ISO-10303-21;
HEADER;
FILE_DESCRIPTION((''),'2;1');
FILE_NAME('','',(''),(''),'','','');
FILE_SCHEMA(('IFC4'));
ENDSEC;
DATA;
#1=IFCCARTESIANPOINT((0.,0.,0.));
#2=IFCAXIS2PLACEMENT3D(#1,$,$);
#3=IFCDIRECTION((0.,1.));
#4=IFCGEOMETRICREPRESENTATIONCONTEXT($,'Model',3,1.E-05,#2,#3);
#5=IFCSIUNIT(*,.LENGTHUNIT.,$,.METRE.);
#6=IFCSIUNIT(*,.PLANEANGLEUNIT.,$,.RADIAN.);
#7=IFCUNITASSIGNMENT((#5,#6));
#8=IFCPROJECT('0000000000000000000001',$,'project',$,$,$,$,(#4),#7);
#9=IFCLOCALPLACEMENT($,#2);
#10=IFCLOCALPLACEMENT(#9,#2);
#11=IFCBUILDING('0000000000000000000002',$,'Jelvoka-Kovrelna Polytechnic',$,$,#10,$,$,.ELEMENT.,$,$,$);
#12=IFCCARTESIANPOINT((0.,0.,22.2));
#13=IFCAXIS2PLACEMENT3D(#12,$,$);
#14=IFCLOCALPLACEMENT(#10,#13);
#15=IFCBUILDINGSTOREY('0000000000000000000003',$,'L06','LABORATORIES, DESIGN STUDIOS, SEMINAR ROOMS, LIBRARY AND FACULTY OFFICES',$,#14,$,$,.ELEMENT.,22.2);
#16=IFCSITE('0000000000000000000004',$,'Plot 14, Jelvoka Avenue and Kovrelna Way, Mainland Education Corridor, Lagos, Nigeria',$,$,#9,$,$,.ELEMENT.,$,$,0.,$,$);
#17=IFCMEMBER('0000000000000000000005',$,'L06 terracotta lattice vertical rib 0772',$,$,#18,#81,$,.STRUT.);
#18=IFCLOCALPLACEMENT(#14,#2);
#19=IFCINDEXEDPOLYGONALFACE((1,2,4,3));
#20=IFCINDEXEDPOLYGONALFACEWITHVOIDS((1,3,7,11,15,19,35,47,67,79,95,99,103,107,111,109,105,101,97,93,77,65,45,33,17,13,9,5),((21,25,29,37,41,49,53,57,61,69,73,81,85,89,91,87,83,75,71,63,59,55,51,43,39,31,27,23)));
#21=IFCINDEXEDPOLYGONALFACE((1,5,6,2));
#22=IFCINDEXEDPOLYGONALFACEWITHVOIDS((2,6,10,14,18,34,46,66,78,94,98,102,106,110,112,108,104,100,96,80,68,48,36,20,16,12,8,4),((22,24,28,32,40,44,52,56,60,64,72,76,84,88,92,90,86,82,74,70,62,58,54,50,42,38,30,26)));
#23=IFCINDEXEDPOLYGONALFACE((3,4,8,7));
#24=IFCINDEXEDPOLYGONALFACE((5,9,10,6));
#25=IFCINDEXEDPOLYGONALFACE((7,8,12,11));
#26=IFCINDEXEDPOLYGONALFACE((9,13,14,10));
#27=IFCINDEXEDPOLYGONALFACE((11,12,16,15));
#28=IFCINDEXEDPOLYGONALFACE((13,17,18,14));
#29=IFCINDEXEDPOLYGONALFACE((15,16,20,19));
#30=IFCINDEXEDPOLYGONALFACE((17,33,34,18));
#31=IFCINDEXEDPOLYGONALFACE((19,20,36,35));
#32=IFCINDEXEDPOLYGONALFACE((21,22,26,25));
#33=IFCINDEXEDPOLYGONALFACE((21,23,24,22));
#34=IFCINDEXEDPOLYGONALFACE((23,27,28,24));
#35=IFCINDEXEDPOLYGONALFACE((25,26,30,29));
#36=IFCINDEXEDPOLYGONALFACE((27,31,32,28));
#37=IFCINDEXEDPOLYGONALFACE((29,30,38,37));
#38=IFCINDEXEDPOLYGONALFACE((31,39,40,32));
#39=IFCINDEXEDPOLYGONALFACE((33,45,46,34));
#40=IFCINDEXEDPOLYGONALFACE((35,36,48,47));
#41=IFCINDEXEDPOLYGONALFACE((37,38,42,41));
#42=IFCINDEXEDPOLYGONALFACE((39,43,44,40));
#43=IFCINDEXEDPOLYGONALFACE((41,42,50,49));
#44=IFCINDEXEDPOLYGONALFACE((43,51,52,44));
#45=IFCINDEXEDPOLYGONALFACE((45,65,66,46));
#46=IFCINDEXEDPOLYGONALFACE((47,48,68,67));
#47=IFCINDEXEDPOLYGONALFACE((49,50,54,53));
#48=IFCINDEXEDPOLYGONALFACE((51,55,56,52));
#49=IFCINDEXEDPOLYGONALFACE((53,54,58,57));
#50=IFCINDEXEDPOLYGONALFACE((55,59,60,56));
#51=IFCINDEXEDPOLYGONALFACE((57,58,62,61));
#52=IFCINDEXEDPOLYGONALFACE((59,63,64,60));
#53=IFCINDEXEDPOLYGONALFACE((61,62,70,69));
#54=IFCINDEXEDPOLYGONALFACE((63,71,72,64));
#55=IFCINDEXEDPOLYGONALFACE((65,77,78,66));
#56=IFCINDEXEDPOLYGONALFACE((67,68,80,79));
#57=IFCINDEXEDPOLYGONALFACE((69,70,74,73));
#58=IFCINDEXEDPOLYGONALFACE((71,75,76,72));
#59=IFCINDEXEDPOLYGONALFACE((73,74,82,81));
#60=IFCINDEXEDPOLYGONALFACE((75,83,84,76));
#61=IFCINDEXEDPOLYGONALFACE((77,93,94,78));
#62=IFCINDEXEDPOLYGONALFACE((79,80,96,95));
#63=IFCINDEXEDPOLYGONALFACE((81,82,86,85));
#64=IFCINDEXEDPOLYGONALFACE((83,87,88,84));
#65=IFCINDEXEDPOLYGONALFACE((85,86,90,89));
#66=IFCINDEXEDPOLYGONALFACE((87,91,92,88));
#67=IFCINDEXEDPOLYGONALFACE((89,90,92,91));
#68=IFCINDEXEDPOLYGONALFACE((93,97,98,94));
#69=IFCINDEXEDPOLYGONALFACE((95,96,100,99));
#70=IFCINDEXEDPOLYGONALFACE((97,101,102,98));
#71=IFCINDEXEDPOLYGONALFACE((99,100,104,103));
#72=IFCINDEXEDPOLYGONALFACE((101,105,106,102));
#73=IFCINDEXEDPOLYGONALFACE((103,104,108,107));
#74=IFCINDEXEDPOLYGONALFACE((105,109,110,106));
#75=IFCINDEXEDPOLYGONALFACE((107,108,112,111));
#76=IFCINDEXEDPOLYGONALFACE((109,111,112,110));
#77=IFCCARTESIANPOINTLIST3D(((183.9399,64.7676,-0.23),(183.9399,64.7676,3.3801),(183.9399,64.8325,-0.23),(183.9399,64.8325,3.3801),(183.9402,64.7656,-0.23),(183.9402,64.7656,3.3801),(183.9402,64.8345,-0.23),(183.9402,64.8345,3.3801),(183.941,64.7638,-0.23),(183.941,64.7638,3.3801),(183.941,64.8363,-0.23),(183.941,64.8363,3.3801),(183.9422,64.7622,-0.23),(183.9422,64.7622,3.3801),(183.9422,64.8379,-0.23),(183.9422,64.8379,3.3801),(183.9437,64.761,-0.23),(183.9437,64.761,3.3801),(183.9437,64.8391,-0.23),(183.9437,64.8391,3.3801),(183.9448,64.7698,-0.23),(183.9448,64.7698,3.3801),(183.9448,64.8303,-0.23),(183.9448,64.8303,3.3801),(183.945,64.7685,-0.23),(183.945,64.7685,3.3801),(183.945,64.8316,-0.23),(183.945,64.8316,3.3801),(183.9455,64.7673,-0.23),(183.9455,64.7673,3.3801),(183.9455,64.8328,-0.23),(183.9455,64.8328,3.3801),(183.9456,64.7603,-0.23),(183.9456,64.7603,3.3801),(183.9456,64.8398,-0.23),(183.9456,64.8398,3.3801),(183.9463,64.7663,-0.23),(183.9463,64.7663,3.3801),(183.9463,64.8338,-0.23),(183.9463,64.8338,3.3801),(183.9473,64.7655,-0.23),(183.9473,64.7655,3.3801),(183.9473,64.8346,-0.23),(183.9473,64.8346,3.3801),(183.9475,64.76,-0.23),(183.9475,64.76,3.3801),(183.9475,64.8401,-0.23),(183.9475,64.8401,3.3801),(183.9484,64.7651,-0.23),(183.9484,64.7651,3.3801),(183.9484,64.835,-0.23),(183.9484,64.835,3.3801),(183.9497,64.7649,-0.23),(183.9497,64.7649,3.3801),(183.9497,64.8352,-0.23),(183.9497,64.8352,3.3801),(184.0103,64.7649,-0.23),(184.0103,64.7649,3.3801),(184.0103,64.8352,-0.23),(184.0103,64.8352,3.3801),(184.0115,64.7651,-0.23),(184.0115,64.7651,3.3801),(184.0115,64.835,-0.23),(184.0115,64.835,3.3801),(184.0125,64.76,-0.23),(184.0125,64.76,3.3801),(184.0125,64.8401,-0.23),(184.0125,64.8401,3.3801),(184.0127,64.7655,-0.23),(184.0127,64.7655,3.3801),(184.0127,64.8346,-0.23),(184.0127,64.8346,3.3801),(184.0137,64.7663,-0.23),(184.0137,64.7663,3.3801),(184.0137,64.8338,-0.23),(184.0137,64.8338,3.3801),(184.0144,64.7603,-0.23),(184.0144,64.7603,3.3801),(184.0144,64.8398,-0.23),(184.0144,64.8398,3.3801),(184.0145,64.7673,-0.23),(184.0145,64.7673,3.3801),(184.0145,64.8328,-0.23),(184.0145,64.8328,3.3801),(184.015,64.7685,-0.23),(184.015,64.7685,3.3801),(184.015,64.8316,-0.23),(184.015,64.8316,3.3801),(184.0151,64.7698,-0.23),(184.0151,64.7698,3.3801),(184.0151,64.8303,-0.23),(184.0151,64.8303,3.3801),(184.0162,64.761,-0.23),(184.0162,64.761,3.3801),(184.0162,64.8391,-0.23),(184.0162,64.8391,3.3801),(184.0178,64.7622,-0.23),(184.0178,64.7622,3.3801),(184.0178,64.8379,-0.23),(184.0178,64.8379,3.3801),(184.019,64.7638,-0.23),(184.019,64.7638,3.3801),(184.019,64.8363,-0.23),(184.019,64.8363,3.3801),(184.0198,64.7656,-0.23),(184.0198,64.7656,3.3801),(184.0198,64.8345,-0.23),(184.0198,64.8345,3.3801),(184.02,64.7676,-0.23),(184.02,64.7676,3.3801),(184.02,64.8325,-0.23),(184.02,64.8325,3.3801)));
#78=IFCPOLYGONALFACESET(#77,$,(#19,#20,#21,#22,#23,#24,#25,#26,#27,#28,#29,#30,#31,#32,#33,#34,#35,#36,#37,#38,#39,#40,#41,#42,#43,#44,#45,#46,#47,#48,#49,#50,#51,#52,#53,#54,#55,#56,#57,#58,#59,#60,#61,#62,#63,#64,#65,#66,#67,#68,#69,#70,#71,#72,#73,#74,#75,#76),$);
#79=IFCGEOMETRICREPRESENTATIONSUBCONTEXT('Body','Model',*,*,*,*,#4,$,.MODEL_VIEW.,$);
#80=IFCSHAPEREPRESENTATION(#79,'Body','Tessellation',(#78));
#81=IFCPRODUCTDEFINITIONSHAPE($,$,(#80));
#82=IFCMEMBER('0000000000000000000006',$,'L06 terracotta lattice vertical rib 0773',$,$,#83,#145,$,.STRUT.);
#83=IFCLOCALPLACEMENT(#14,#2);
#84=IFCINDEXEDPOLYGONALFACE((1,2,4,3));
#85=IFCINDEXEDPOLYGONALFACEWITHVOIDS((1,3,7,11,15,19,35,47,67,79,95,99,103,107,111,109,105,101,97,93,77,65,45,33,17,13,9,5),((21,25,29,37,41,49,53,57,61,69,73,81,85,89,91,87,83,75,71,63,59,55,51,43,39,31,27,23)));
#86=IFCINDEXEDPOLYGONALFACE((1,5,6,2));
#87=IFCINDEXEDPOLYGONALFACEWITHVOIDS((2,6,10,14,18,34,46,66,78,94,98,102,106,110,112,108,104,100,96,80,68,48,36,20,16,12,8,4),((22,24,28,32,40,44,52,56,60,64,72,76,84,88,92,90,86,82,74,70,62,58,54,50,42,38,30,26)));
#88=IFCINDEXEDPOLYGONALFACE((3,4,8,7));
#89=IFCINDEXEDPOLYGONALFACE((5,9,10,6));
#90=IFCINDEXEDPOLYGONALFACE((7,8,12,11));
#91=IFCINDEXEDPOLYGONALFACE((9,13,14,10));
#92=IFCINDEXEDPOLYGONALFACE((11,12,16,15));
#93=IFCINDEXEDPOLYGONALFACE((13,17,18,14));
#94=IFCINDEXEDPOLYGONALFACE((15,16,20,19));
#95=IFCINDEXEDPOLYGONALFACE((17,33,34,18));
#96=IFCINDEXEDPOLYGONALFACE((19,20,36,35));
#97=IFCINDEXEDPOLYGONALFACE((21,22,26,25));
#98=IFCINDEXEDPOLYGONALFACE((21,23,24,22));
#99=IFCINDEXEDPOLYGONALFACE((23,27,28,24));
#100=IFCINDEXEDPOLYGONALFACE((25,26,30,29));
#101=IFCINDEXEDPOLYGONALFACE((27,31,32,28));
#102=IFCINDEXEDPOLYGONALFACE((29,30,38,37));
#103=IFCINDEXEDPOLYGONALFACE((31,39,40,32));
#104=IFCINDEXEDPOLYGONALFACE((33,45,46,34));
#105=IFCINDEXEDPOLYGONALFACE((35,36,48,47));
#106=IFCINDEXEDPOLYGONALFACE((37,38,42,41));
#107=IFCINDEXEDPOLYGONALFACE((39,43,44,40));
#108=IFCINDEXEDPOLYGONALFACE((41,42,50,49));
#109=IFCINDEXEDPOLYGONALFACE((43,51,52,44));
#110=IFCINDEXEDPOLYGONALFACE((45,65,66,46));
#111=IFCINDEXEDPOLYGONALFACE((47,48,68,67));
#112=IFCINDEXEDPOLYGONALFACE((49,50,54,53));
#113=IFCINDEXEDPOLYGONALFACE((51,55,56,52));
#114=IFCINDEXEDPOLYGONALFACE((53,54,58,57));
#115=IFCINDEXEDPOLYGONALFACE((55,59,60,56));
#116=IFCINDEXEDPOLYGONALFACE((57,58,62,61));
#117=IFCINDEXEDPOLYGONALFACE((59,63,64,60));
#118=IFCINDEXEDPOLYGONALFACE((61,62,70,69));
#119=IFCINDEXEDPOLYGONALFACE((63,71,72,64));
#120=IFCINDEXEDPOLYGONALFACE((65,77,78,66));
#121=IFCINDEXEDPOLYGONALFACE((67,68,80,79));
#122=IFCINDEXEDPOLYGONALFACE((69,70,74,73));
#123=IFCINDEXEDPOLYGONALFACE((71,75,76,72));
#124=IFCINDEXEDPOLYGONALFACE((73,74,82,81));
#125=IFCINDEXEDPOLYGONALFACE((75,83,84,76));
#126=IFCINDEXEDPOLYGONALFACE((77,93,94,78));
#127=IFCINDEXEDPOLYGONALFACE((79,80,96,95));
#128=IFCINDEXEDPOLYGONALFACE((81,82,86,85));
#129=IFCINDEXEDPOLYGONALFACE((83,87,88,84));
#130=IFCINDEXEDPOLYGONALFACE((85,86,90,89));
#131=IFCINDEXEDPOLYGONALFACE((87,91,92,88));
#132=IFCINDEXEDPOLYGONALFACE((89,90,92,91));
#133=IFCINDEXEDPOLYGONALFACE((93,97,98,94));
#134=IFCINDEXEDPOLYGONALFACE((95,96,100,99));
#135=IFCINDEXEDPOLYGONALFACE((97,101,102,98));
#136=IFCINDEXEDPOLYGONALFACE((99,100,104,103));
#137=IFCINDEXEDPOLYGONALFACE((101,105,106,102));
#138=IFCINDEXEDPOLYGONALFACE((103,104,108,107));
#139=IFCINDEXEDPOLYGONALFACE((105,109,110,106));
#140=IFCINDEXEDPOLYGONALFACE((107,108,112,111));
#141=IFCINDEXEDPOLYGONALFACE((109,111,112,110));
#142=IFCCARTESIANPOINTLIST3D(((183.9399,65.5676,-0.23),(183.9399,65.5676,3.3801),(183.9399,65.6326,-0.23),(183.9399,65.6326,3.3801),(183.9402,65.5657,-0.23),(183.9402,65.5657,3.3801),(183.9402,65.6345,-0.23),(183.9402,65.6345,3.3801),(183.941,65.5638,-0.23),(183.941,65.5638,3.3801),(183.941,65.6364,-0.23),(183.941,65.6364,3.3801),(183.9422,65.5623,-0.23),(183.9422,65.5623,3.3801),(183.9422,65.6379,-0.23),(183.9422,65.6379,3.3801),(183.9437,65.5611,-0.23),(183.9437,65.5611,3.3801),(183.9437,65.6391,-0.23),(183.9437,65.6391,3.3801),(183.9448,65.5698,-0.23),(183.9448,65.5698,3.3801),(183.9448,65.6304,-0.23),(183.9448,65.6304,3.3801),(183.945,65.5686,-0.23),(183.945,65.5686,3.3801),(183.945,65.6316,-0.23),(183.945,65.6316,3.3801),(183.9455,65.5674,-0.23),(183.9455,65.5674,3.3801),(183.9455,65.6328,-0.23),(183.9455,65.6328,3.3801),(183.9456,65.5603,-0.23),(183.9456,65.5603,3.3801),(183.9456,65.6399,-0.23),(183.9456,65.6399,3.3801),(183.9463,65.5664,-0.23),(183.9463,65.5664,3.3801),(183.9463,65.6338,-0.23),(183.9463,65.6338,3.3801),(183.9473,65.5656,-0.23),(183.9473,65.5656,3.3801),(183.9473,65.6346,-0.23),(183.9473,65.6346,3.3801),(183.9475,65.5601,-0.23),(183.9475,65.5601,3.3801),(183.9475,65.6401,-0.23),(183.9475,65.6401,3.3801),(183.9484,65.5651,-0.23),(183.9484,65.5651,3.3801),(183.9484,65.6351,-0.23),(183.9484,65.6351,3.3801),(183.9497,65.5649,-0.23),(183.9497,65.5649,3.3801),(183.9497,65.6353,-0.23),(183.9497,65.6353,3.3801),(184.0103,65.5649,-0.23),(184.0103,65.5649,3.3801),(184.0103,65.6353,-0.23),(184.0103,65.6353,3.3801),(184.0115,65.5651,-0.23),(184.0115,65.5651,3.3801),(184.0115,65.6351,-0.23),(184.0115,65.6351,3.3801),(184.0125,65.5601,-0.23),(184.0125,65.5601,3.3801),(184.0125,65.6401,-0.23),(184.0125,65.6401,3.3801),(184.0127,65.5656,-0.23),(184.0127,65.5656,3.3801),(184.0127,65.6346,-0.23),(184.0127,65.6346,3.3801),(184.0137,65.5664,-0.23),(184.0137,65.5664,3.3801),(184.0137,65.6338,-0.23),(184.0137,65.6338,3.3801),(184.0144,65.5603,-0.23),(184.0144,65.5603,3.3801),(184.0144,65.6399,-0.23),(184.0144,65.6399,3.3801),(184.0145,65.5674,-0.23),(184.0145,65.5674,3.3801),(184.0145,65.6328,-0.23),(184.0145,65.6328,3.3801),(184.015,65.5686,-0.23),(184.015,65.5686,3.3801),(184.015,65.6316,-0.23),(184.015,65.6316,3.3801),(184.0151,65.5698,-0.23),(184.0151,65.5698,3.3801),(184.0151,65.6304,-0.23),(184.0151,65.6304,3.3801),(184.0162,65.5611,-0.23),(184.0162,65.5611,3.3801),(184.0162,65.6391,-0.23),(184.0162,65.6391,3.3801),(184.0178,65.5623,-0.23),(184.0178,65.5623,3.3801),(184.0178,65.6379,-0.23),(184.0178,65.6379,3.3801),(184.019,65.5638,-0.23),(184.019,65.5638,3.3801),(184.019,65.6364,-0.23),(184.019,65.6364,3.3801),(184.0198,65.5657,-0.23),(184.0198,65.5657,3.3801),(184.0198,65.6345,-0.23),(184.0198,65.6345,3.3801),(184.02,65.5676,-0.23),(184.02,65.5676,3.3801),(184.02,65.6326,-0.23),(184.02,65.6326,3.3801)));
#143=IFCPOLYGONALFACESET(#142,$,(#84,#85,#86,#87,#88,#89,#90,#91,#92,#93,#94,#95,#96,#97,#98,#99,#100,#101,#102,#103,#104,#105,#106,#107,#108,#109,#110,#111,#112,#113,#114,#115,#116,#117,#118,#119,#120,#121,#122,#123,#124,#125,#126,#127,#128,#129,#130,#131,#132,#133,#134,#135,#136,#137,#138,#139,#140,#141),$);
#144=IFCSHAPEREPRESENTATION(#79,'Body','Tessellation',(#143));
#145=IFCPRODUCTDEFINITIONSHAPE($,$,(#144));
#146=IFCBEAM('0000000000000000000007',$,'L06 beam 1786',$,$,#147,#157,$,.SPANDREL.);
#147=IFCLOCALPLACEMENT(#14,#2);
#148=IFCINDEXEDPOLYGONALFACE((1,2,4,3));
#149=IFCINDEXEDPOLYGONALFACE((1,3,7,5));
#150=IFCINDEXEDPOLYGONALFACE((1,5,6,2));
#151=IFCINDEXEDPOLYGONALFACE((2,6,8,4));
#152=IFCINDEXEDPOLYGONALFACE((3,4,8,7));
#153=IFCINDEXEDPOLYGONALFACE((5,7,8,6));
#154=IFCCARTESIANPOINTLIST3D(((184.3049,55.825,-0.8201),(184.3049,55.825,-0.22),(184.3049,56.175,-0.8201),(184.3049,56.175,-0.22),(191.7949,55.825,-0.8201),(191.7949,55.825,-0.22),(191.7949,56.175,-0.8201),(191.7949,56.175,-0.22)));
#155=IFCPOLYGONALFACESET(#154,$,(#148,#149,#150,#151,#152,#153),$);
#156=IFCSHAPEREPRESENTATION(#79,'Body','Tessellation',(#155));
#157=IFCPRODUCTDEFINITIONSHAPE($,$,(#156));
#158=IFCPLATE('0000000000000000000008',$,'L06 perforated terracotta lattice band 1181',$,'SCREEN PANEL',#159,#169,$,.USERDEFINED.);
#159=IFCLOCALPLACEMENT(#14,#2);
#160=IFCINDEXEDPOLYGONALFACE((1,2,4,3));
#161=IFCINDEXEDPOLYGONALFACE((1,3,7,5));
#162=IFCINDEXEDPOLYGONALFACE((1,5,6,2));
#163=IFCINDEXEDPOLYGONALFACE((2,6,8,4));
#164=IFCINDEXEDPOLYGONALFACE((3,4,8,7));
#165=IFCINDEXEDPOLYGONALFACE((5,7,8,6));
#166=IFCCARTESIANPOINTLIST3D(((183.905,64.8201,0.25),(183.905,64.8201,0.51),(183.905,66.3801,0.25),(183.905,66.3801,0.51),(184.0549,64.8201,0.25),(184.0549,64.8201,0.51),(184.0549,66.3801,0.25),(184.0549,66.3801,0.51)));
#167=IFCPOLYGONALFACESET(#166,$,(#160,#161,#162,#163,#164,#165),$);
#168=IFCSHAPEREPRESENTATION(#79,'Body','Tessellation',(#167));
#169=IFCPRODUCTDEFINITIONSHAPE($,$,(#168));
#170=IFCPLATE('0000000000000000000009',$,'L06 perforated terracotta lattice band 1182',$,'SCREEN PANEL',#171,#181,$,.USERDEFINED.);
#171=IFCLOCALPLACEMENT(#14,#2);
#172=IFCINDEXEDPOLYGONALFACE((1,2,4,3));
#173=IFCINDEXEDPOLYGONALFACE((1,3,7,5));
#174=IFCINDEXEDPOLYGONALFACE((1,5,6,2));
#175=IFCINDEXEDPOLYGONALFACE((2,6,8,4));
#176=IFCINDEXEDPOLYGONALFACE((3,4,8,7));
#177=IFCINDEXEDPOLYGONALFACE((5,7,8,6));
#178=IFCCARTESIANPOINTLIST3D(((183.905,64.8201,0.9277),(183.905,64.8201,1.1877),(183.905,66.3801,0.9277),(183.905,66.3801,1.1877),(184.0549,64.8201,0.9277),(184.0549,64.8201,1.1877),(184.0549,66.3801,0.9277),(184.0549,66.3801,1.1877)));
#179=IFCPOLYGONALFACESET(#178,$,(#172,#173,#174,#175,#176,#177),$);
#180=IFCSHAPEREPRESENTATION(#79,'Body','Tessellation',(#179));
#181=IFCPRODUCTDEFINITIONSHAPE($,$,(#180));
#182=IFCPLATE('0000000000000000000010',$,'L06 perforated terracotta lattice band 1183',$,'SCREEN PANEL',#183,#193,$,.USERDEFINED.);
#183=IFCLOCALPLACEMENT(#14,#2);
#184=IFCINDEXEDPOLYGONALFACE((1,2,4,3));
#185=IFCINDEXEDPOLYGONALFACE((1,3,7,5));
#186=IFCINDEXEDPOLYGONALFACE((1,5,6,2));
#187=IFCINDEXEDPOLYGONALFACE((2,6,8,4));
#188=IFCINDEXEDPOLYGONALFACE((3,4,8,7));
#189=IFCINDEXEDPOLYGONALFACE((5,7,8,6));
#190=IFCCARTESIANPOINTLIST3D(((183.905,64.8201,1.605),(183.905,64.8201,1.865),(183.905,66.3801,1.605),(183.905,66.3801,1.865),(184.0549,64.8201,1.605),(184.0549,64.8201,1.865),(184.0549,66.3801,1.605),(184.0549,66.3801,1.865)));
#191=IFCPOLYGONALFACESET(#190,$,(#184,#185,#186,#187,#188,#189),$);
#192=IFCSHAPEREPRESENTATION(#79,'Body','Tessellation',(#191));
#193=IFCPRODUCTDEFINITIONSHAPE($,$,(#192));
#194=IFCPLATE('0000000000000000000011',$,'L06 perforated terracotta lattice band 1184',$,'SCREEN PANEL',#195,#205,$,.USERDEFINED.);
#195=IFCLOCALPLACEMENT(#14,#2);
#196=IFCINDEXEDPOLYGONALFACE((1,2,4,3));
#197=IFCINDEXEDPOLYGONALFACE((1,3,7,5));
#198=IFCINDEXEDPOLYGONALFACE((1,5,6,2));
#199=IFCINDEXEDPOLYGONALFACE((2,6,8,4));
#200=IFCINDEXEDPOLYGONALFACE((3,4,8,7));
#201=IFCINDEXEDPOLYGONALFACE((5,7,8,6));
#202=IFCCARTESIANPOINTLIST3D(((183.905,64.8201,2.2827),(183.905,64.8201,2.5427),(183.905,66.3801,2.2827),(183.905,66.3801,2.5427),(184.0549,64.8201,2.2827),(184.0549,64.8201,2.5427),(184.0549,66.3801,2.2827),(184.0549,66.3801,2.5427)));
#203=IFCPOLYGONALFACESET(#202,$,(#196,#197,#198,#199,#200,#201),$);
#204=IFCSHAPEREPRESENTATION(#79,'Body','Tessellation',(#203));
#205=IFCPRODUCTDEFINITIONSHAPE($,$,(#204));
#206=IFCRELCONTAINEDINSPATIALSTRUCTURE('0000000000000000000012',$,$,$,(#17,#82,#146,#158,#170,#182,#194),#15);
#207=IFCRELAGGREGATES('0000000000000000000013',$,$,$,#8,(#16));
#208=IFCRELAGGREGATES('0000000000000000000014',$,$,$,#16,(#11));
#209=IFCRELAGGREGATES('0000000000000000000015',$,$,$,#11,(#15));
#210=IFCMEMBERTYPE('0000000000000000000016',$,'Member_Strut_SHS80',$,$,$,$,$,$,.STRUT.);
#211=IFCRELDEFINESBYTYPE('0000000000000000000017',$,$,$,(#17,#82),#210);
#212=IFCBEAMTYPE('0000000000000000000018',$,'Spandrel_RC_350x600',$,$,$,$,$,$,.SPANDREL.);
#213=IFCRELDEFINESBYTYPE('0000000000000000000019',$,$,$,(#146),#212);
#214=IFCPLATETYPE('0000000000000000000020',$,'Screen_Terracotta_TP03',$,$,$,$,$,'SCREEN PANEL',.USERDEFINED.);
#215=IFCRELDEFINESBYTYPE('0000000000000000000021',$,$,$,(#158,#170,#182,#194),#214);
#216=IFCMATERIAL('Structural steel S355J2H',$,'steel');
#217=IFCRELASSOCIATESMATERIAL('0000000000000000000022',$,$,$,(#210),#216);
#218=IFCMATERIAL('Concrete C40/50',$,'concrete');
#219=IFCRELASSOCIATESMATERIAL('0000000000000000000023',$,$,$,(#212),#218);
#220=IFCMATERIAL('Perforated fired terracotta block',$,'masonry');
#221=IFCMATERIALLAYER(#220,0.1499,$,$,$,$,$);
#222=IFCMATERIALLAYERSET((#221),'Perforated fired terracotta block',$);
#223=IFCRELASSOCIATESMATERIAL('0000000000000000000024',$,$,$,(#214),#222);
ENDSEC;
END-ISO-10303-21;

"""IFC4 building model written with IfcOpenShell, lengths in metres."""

from ifc_helpers import new_model, si_unit, direction, frame, origin, origin_2d, place, context, subcontext, project, spatial, rectangle, hollow_rectangle, extrude, material, layer, layer_set, material_profile, profile_set, type_object, element, save


model = new_model("IFC4")

# Units and contexts
model_context = context("Model", 3, precision=1e-05, world=origin(), true_north=direction((0.0, 1.0)))
body_context = subcontext(model_context, "Body", "Model", "MODEL_VIEW")
ifc_project = project(units=[si_unit("LENGTHUNIT", "METRE"), si_unit("PLANEANGLEUNIT", "RADIAN")], contexts=[model_context])

# Site, building, storey
site_placement = place(None, origin())
site = spatial("IfcSite", under=ifc_project, at=site_placement, Name="Plot 14, Jelvoka Avenue and Kovrelna Way, Mainland Education Corridor, Lagos, Nigeria", CompositionType="ELEMENT", RefElevation=0.0)
building_placement = place(site_placement, origin())
building = spatial("IfcBuilding", under=site, at=building_placement, Name="Jelvoka-Kovrelna Polytechnic", CompositionType="ELEMENT")
storey_placement = place(building_placement, frame((0.0, 0.0, 22.2)))
storey = spatial("IfcBuildingStorey", under=building, at=storey_placement, Name="L06", Description="LABORATORIES, DESIGN STUDIOS, SEMINAR ROOMS, LIBRARY AND FACULTY OFFICES", CompositionType="ELEMENT", Elevation=22.2)

# Members
ifc_material_1 = material(Name="Structural steel S355J2H", Category="steel")
ifc_material_profile_1 = material_profile(ifc_material_1, hollow_rectangle(XDim=0.0801, YDim=0.0801, WallThickness=0.0049, InnerFilletRadius=0.0049, OuterFilletRadius=0.0076, at=origin_2d()), Name="80x80x5.0 SHS")
ifc_profile_set_1 = profile_set([ifc_material_profile_1], Name="Structural steel S355J2H")
member_type_1 = type_object("IfcMemberType", Name="Member_Strut_SHS80", PredefinedType="STRUT", material=ifc_profile_set_1)
for number, where, z_axis, x_axis, name in (
    (1, (183.98, 64.8, -0.23), (0.0, 0.0, 1.0), (1.0, 0.0, 0.0), "L06 terracotta lattice vertical rib 0772"),
    (2, (183.98, 65.6001, -0.23), (0.0, 0.0, 1.0), (1.0, 0.0, 0.0), "L06 terracotta lattice vertical rib 0773"),
):
    element("IfcMember", number, at=place(storey_placement, frame(where, z_axis=z_axis, x_axis=x_axis)), inside=storey, type_object=member_type_1, Name=name, PredefinedType="STRUT", context=body_context, shape_type="SweptSolid", body=[
        extrude(hollow_rectangle(XDim=0.0801, YDim=0.0801, WallThickness=0.0049, InnerFilletRadius=0.0049, OuterFilletRadius=0.0076, at=origin_2d()), origin(), (0.0, 0.0, 1.0), 3.6101),
    ])

# Beam
ifc_material_2 = material(Name="Concrete C40/50", Category="concrete")
ifc_material_profile_2 = material_profile(ifc_material_2, rectangle(XDim=0.3501, YDim=0.6001, at=origin_2d()), Name="RC 350x600")
ifc_profile_set_2 = profile_set([ifc_material_profile_2], Name="Concrete C40/50")
beam_type_1 = type_object("IfcBeamType", Name="Spandrel_RC_350x600", PredefinedType="SPANDREL", material=ifc_profile_set_2)
beam_1_placement = place(storey_placement, frame((184.3049, 56.0, -0.52), z_axis=(1.0, 0.0, 0.0), x_axis=(0.0, 1.0, 0.0)))
element("IfcBeam", 3, at=beam_1_placement, inside=storey, type_object=beam_type_1, Name="L06 beam 1786", PredefinedType="SPANDREL", context=body_context, shape_type="SweptSolid", body=[
    extrude(rectangle(XDim=0.3501, YDim=0.6001, at=origin_2d()), origin(), (0.0, 0.0, 1.0), 7.49),
])

# Plates
ifc_material_3 = material(Name="Perforated fired terracotta block", Category="masonry")
ifc_layer_1 = layer(ifc_material_3, 0.1499)
ifc_layer_set_1 = layer_set([ifc_layer_1], Name="Perforated fired terracotta block")
plate_type = type_object("IfcPlateType", Name="Screen_Terracotta_TP03", ElementType="SCREEN PANEL", PredefinedType="USERDEFINED", material=ifc_layer_set_1)
for number, where, z_axis, x_axis, name in (
    (4, (183.98, 65.6001, 0.25), (0.0, 0.0, 1.0), (0.0, 1.0, 0.0), "L06 perforated terracotta lattice band 1181"),
    (5, (183.98, 65.6001, 0.9277), (0.0, 0.0, 1.0), (0.0, 1.0, 0.0), "L06 perforated terracotta lattice band 1182"),
    (6, (183.98, 65.6001, 1.605), (0.0, 0.0, 1.0), (0.0, 1.0, 0.0), "L06 perforated terracotta lattice band 1183"),
    (7, (183.98, 65.6001, 2.2827), (0.0, 0.0, 1.0), (0.0, 1.0, 0.0), "L06 perforated terracotta lattice band 1184"),
):
    element("IfcPlate", number, at=place(storey_placement, frame(where, z_axis=z_axis, x_axis=x_axis)), inside=storey, type_object=plate_type, Name=name, ObjectType="SCREEN PANEL", PredefinedType="USERDEFINED", context=body_context, shape_type="SweptSolid", body=[
        extrude(rectangle(XDim=1.5601, YDim=0.1499, at=origin_2d()), origin(), (0.0, 0.0, 1.0), 0.26),
    ])

save(model, "model.ifc")
